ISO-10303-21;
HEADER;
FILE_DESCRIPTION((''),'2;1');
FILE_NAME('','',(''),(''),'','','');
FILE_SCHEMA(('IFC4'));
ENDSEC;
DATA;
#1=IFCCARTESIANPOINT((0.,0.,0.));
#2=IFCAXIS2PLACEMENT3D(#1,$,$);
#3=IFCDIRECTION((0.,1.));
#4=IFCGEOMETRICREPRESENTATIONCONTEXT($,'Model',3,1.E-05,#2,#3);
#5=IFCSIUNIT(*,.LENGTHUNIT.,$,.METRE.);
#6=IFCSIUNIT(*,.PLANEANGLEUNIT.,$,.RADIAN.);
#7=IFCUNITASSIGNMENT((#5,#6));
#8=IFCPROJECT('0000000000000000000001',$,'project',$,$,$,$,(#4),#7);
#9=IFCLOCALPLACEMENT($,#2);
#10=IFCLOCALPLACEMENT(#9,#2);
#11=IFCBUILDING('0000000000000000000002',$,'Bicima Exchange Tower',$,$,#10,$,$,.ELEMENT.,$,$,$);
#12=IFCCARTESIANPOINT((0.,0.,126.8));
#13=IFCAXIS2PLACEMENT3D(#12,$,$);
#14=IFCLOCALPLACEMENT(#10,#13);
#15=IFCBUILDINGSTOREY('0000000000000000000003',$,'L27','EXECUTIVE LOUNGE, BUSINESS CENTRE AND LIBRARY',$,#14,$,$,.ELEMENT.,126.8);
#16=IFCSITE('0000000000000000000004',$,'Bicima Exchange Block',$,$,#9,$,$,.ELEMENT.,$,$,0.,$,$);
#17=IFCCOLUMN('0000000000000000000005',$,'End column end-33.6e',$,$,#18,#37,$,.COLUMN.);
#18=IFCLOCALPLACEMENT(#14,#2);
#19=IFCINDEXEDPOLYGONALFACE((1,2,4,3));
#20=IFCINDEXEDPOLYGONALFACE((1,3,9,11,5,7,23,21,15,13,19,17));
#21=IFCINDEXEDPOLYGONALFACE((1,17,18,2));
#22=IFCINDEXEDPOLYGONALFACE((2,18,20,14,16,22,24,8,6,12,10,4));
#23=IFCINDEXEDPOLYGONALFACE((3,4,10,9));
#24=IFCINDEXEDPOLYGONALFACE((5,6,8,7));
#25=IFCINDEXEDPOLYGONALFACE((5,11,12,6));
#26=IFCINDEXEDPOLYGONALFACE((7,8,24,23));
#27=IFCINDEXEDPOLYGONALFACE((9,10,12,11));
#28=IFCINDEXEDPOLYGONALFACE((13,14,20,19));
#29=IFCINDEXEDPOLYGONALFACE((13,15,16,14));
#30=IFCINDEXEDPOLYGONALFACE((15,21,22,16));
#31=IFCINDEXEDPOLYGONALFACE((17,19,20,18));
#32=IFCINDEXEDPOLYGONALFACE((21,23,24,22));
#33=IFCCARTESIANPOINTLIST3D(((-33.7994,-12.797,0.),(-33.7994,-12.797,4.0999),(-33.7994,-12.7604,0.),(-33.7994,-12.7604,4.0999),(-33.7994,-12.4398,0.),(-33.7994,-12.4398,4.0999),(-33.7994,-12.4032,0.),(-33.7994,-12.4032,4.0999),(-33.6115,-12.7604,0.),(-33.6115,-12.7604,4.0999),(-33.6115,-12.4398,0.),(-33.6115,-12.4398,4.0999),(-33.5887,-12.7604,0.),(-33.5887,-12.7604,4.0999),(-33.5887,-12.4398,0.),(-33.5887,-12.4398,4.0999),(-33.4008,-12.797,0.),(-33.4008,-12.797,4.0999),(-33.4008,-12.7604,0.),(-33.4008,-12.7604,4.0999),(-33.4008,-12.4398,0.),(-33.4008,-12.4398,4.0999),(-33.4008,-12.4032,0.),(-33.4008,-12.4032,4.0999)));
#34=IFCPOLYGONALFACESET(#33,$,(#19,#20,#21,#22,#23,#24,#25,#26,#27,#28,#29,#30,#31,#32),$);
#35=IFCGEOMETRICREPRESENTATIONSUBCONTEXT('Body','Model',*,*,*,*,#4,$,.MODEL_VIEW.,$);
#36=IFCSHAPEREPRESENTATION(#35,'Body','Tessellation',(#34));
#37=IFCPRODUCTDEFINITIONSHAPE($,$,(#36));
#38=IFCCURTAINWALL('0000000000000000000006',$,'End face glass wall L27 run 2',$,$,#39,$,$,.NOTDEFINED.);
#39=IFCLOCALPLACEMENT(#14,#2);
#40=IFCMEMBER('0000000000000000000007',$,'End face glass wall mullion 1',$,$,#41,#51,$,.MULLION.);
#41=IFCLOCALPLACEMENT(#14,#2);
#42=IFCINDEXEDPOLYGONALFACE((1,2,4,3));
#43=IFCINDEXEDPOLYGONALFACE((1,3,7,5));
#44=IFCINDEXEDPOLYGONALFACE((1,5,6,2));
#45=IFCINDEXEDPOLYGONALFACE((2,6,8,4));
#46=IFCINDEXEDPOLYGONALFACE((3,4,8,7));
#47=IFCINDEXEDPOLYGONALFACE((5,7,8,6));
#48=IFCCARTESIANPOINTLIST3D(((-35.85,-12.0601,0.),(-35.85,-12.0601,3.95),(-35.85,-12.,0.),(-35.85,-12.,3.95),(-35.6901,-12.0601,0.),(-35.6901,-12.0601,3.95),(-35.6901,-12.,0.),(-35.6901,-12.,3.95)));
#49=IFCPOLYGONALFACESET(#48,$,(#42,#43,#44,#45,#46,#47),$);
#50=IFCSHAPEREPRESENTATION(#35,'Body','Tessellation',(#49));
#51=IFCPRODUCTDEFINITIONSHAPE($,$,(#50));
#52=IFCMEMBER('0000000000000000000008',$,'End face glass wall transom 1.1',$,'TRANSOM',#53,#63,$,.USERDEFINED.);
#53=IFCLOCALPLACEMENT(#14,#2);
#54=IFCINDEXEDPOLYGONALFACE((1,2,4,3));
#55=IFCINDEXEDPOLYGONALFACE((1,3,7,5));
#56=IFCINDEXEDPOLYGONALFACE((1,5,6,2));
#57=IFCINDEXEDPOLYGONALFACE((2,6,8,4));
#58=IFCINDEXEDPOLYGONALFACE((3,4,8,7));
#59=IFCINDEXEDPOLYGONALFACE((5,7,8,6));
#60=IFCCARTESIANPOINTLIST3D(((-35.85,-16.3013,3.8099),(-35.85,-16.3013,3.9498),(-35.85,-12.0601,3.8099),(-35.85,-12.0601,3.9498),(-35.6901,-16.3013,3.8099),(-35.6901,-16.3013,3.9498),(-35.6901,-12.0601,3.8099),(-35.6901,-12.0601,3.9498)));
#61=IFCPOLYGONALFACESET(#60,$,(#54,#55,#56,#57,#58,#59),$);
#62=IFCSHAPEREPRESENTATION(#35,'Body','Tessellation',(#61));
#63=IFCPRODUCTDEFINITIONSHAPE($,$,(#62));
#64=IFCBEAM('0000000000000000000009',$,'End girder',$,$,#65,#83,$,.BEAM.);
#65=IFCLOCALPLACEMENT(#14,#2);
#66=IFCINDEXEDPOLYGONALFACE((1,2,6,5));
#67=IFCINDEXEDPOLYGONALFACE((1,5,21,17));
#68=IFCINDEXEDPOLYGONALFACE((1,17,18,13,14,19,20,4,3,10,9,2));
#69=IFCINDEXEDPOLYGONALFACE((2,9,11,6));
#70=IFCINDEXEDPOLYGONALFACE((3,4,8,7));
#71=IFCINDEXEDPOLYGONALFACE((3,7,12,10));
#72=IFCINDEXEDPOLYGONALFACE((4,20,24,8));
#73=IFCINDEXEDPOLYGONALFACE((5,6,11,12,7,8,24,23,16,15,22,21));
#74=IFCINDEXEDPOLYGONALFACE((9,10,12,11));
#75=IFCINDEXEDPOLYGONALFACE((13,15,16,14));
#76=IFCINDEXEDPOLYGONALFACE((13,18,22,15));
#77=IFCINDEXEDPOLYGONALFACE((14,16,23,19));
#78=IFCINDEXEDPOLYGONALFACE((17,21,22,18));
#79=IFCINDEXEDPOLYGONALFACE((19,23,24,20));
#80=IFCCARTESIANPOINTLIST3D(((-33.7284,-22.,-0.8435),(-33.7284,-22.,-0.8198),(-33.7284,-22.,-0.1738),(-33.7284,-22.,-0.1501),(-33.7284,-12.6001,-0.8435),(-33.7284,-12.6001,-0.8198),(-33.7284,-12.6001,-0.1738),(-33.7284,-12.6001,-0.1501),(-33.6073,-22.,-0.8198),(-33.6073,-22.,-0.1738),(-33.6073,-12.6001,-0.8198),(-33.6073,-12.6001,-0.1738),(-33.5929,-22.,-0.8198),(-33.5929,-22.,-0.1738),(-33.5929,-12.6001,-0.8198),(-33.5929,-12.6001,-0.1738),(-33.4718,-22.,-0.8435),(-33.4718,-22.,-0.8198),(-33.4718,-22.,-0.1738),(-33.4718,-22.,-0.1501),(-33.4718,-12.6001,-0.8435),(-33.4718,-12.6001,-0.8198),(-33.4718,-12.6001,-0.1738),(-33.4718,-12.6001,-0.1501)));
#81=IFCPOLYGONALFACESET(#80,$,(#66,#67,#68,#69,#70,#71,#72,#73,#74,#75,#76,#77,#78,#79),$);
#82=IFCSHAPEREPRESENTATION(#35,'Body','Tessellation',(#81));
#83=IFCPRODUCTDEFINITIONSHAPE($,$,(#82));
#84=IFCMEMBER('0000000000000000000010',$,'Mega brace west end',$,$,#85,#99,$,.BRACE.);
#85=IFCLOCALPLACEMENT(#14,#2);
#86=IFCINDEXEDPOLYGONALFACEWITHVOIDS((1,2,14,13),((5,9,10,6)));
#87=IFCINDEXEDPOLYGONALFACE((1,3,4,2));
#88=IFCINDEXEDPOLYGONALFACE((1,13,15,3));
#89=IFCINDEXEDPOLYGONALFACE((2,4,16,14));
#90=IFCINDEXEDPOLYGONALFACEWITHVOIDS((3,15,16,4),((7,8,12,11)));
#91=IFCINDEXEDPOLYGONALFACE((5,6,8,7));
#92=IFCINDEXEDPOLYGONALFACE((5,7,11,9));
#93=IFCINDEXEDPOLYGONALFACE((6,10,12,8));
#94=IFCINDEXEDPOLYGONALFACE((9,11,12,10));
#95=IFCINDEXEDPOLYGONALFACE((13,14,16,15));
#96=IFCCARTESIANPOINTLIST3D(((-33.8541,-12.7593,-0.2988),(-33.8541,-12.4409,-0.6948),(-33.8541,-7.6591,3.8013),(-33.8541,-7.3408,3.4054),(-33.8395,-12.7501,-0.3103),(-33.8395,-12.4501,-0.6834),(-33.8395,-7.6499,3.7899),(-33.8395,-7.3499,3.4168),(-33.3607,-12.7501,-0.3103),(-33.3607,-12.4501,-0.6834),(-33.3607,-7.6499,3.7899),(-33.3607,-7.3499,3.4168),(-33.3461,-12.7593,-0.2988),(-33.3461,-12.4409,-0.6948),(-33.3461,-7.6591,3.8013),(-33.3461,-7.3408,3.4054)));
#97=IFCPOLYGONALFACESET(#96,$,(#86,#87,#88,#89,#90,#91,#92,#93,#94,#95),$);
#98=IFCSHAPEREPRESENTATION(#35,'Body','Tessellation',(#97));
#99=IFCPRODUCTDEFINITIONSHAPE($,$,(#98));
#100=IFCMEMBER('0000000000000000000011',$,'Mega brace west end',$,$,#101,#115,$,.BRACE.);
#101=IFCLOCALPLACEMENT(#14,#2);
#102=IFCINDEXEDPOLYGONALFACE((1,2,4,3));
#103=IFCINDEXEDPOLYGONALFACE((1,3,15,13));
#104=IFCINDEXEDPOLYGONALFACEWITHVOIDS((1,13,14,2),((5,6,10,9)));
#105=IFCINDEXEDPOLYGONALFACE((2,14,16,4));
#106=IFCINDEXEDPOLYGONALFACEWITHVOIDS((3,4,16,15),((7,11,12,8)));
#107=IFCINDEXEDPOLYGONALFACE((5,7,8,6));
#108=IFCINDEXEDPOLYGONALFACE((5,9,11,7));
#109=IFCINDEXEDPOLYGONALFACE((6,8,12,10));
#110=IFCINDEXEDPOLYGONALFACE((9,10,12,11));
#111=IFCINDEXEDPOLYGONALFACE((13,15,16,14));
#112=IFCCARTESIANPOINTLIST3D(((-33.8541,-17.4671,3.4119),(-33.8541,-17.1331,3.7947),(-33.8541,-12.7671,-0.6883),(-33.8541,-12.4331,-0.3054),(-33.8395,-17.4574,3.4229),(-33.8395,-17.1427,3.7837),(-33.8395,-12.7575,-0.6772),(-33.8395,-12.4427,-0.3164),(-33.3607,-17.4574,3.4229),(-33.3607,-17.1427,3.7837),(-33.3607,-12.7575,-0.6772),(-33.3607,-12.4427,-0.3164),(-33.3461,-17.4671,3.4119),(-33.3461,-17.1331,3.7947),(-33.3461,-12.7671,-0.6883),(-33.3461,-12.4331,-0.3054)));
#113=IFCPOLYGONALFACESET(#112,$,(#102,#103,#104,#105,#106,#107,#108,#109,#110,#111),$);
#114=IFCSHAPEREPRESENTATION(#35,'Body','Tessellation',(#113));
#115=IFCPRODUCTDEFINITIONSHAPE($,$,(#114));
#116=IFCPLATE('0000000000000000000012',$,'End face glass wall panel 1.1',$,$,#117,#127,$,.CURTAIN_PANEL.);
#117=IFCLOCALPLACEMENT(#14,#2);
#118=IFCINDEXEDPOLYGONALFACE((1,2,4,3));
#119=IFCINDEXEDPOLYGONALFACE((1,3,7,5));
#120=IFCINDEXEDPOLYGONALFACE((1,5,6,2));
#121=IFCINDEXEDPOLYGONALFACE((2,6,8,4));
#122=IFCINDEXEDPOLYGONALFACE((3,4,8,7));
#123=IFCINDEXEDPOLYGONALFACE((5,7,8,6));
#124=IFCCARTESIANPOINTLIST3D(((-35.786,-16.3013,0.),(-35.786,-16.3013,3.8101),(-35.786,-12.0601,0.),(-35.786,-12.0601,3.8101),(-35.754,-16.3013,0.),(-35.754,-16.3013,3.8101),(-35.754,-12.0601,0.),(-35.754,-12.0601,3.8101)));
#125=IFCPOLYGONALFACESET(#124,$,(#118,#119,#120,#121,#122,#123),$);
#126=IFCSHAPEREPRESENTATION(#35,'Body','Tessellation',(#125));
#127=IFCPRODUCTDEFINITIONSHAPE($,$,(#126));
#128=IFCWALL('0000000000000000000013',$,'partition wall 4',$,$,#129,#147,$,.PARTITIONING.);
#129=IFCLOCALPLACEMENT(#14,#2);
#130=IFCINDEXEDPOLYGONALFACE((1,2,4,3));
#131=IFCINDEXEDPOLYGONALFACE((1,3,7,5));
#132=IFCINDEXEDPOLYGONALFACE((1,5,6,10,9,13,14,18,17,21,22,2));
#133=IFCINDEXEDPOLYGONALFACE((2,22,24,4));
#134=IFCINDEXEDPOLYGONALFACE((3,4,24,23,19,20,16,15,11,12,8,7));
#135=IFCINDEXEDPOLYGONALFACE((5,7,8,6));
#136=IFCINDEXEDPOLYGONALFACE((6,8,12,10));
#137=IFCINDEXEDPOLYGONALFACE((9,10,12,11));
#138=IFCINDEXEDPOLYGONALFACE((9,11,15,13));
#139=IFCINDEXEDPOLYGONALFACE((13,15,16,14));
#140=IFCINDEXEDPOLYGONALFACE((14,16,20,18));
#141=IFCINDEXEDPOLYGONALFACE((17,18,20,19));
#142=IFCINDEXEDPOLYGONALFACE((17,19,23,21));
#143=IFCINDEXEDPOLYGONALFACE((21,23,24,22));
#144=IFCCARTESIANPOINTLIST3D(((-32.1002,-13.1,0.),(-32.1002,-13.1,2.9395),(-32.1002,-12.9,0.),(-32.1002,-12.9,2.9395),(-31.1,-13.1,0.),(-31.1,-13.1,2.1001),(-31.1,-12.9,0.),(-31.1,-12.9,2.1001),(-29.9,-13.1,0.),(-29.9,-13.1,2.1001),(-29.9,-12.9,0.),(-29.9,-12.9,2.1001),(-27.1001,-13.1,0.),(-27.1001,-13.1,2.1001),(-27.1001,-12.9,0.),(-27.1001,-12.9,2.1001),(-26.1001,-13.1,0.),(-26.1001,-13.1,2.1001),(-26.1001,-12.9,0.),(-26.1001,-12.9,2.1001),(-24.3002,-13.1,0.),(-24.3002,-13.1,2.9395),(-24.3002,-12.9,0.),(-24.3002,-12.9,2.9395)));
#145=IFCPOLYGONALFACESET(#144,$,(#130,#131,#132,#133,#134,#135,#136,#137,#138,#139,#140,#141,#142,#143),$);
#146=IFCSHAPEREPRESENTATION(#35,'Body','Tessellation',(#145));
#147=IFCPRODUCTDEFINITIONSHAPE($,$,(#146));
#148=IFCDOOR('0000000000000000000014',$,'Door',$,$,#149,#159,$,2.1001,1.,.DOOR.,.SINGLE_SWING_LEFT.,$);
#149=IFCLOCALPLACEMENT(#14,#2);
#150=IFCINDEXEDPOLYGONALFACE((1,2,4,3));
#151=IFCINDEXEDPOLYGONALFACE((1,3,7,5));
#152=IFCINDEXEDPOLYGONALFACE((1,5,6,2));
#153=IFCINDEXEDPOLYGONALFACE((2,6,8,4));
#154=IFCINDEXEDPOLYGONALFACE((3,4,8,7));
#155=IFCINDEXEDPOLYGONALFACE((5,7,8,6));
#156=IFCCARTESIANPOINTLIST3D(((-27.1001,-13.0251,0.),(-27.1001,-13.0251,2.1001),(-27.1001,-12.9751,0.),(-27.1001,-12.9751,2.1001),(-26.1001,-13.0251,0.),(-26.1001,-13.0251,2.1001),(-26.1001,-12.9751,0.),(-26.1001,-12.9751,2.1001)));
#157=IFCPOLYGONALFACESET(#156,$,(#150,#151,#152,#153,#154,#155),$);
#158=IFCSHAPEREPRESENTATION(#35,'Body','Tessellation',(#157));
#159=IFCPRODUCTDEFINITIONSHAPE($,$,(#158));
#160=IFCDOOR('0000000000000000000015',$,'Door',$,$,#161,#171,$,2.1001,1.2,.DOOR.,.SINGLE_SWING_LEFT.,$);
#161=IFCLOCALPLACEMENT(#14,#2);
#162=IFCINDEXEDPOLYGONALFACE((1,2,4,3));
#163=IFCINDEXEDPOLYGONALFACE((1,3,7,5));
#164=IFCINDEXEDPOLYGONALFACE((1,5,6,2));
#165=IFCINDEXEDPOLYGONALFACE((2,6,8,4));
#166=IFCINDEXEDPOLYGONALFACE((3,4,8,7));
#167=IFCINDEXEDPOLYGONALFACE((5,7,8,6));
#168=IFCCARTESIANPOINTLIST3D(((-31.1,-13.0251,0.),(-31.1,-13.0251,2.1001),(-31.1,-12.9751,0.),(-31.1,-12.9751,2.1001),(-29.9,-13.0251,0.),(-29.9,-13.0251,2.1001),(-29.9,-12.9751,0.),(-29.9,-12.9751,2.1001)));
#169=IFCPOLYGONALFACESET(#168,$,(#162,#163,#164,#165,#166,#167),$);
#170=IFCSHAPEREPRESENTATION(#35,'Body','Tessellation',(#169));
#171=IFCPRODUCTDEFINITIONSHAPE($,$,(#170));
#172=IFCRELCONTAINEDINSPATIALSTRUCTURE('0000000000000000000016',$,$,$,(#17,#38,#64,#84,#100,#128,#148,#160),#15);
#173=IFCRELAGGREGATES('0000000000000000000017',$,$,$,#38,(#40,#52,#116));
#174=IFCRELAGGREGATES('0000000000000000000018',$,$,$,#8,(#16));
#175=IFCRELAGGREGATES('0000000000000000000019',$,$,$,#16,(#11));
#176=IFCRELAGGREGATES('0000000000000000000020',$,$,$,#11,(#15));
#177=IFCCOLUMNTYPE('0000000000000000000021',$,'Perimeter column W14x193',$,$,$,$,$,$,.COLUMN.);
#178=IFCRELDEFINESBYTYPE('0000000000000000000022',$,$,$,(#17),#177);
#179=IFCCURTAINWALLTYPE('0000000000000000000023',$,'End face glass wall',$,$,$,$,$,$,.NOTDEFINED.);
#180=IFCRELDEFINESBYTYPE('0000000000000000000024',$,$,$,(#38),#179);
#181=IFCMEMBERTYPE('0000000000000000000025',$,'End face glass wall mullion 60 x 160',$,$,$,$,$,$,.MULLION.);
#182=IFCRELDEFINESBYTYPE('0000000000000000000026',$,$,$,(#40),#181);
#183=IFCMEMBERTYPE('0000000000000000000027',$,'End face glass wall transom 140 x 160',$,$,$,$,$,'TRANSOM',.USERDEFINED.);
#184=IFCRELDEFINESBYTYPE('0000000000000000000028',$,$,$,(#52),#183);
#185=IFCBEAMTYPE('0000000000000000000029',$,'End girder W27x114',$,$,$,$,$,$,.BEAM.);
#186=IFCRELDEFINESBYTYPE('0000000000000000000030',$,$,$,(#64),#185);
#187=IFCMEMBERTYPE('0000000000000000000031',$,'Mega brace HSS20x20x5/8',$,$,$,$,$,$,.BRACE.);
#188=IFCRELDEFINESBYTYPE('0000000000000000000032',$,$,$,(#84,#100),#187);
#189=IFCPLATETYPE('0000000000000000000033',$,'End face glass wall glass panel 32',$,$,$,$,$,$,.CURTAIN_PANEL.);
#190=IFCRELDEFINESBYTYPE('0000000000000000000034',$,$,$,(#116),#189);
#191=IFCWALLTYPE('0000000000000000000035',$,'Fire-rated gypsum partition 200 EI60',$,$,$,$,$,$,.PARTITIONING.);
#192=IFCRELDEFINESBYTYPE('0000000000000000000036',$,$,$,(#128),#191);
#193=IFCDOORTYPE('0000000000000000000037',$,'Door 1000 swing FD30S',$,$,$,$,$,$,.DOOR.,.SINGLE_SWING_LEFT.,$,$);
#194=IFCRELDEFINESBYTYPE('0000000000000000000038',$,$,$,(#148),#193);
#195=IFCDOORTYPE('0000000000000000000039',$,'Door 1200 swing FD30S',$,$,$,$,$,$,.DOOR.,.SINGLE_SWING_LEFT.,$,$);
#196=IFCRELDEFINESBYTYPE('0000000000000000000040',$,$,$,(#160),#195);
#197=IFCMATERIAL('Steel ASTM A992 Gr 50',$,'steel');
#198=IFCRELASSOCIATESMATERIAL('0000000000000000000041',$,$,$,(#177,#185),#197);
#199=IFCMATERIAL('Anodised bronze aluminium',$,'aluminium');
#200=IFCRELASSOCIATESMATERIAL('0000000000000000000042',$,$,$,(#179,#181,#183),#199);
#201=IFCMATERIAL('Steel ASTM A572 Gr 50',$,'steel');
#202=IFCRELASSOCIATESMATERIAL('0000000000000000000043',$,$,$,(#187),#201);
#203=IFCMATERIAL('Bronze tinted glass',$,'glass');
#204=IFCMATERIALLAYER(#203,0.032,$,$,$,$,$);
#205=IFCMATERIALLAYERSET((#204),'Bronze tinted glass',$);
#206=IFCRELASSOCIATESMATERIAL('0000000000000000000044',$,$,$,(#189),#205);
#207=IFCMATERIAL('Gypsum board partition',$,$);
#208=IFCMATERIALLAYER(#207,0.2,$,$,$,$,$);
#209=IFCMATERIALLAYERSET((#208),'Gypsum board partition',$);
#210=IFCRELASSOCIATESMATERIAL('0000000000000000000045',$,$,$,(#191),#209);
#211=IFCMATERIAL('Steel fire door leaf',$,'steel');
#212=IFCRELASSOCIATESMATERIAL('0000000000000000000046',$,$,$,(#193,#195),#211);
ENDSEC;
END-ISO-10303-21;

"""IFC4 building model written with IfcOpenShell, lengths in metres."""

from ifc_helpers import new_model, si_unit, direction, frame, frame_2d, origin, origin_2d, place, context, subcontext, project, spatial, rectangle, hollow_rectangle, i_section, extrude, material, layer, layer_set, material_profile, profile_set, type_object, element, fill, aggregate, save


model = new_model("IFC4")

# Units and contexts
model_context = context("Model", 3, precision=1e-05, world=origin(), true_north=direction((0.0, 1.0)))
body_context = subcontext(model_context, "Body", "Model", "MODEL_VIEW")
ifc_project = project(units=[si_unit("LENGTHUNIT", "METRE"), si_unit("PLANEANGLEUNIT", "RADIAN")], contexts=[model_context])

# Site, building, storey
site_placement = place(None, origin())
site = spatial("IfcSite", under=ifc_project, at=site_placement, Name="Bicima Exchange Block", CompositionType="ELEMENT", RefElevation=0.0)
building_placement = place(site_placement, origin())
building = spatial("IfcBuilding", under=site, at=building_placement, Name="Bicima Exchange Tower", CompositionType="ELEMENT")
storey_placement = place(building_placement, frame((0.0, 0.0, 126.8)))
storey = spatial("IfcBuildingStorey", under=building, at=storey_placement, Name="L27", Description="EXECUTIVE LOUNGE, BUSINESS CENTRE AND LIBRARY", CompositionType="ELEMENT", Elevation=126.8)

# Column
ifc_material_1 = material(Name="Steel ASTM A992 Gr 50", Category="steel")
ifc_material_profile_1 = material_profile(ifc_material_1, i_section(OverallWidth=0.3987, OverallDepth=0.3938, WebThickness=0.0227, FlangeThickness=0.0366, at=origin_2d()))
ifc_profile_set_1 = profile_set([ifc_material_profile_1], Name="Steel ASTM A992 Gr 50")
column_type = type_object("IfcColumnType", Name="Perimeter column W14x193", PredefinedType="COLUMN", material=ifc_profile_set_1)
column_placement = place(storey_placement, frame((-33.6001, -12.6001, 0.0), z_axis=(0.0, 0.0, 1.0), x_axis=(1.0, 0.0, 0.0)))
element("IfcColumn", 1, at=column_placement, inside=storey, type_object=column_type, Name="End column end-33.6e", PredefinedType="COLUMN", context=body_context, shape_type="SweptSolid", body=[
    extrude(i_section(OverallWidth=0.3987, OverallDepth=0.3938, WebThickness=0.0227, FlangeThickness=0.0366, at=origin_2d()), origin(), (0.0, 0.0, 1.0), 4.0999),
])

# Curtain wall, members
ifc_material_2 = material(Name="Anodised bronze aluminium", Category="aluminium")
curtain_wall_type = type_object("IfcCurtainWallType", Name="End face glass wall", PredefinedType="NOTDEFINED", material=ifc_material_2)
curtain_wall_placement = place(storey_placement, origin())
curtain_wall = element("IfcCurtainWall", 2, at=curtain_wall_placement, inside=storey, type_object=curtain_wall_type, Name="End face glass wall L27 run 2", PredefinedType="NOTDEFINED")
ifc_material_profile_2 = material_profile(ifc_material_2, rectangle(XDim=0.1599, YDim=0.0601, at=origin_2d()))
ifc_profile_set_2 = profile_set([ifc_material_profile_2], Name="Anodised bronze aluminium")
member_type_1 = type_object("IfcMemberType", Name="End face glass wall mullion 60 x 160", PredefinedType="MULLION", material=ifc_profile_set_2)
member_1_placement = place(storey_placement, frame((-35.77, -12.03, 0.0), z_axis=(0.0, 0.0, 1.0), x_axis=(1.0, 0.0, 0.0)))
member_1 = element("IfcMember", 3, at=member_1_placement, type_object=member_type_1, Name="End face glass wall mullion 1", PredefinedType="MULLION", context=body_context, shape_type="SweptSolid", body=[
    extrude(rectangle(XDim=0.1599, YDim=0.0601, at=origin_2d()), origin(), (0.0, 0.0, 1.0), 3.95),
])
ifc_material_profile_3 = material_profile(ifc_material_2, rectangle(XDim=0.1599, YDim=0.1399, at=origin_2d()))
ifc_profile_set_3 = profile_set([ifc_material_profile_3], Name="Anodised bronze aluminium")
member_type_2 = type_object("IfcMemberType", Name="End face glass wall transom 140 x 160", ElementType="TRANSOM", PredefinedType="USERDEFINED", material=ifc_profile_set_3)
member_2_placement = place(storey_placement, frame((-35.77, -12.0601, 3.8799), z_axis=(0.0, -1.0, 0.0), x_axis=(1.0, 0.0, 0.0)))
member_2 = element("IfcMember", 4, at=member_2_placement, type_object=member_type_2, Name="End face glass wall transom 1.1", ObjectType="TRANSOM", PredefinedType="USERDEFINED", context=body_context, shape_type="SweptSolid", body=[
    extrude(rectangle(XDim=0.1599, YDim=0.1399, at=origin_2d()), origin(), (0.0, 0.0, 1.0), 4.2412),
])

# Beam
ifc_material_profile_4 = material_profile(ifc_material_1, i_section(OverallWidth=0.2566, OverallDepth=0.6934, WebThickness=0.0144, FlangeThickness=0.0237, at=origin_2d()))
ifc_profile_set_4 = profile_set([ifc_material_profile_4], Name="Steel ASTM A992 Gr 50")
beam_type = type_object("IfcBeamType", Name="End girder W27x114", PredefinedType="BEAM", material=ifc_profile_set_4)
beam_placement = place(storey_placement, frame((-33.6001, -12.6001, -0.4968), z_axis=(0.0, -1.0, 0.0), x_axis=(1.0, 0.0, 0.0)))
element("IfcBeam", 5, at=beam_placement, inside=storey, type_object=beam_type, Name="End girder", PredefinedType="BEAM", context=body_context, shape_type="SweptSolid", body=[
    extrude(i_section(OverallWidth=0.2566, OverallDepth=0.6934, WebThickness=0.0144, FlangeThickness=0.0237, at=origin_2d()), origin(), (0.0, 0.0, 1.0), 9.3999),
])

# Members
ifc_material_3 = material(Name="Steel ASTM A572 Gr 50", Category="steel")
ifc_material_profile_5 = material_profile(ifc_material_3, hollow_rectangle(XDim=0.5081, YDim=0.5081, WallThickness=0.0146, at=origin_2d()))
ifc_profile_set_5 = profile_set([ifc_material_profile_5], Name="Steel ASTM A572 Gr 50")
member_type_3 = type_object("IfcMemberType", Name="Mega brace HSS20x20x5/8", PredefinedType="BRACE", material=ifc_profile_set_5)
member_3_placement = place(storey_placement, frame((-33.6001, -12.6001, -0.4968), z_axis=(0.0, 0.779374, 0.626559), x_axis=(-1.0, 0.0, 0.0)))
element("IfcMember", 6, at=member_3_placement, inside=storey, type_object=member_type_3, Name="Mega brace west end", PredefinedType="BRACE", context=body_context, shape_type="SweptSolid", body=[
    extrude(hollow_rectangle(XDim=0.5081, YDim=0.5081, WallThickness=0.0146, at=origin_2d()), origin(), (0.0, 0.0, 1.0), 6.5439),
])
member_4_placement = place(storey_placement, frame((-33.6001, -12.6001, -0.4968), z_axis=(0.0, -0.753558, 0.657382), x_axis=(1.0, 0.0, 0.0)))
element("IfcMember", 7, at=member_4_placement, inside=storey, type_object=member_type_3, Name="Mega brace west end", PredefinedType="BRACE", context=body_context, shape_type="SweptSolid", body=[
    extrude(hollow_rectangle(XDim=0.5081, YDim=0.5081, WallThickness=0.0146, at=origin_2d()), origin(), (0.0, 0.0, 1.0), 6.2371),
])

# Plate
ifc_material_4 = material(Name="Bronze tinted glass", Category="glass")
ifc_layer_1 = layer(ifc_material_4, 0.032)
ifc_layer_set_1 = layer_set([ifc_layer_1], Name="Bronze tinted glass")
plate_type = type_object("IfcPlateType", Name="End face glass wall glass panel 32", PredefinedType="CURTAIN_PANEL", material=ifc_layer_set_1)
plate_placement = place(storey_placement, frame((-35.77, -14.1807, 0.0), z_axis=(0.0, 0.0, 1.0), x_axis=(0.0, -1.0, 0.0)))
plate = element("IfcPlate", 8, at=plate_placement, type_object=plate_type, Name="End face glass wall panel 1.1", PredefinedType="CURTAIN_PANEL", context=body_context, shape_type="SweptSolid", body=[
    extrude(rectangle(XDim=4.2412, YDim=0.032, at=origin_2d()), origin(), (0.0, 0.0, 1.0), 3.8101),
])
aggregate(curtain_wall, [member_1, member_2, plate])

# Wall, openings, doors
ifc_material_5 = material(Name="Gypsum board partition")
ifc_layer_2 = layer(ifc_material_5, 0.2)
ifc_layer_set_2 = layer_set([ifc_layer_2], Name="Gypsum board partition")
wall_type_1 = type_object("IfcWallType", Name="Fire-rated gypsum partition 200 EI60", PredefinedType="PARTITIONING", material=ifc_layer_set_2)
ifc_material_6 = material(Name="Steel fire door leaf", Category="steel")
door_type_1 = type_object("IfcDoorType", Name="Door 1000 swing FD30S", OperationType="SINGLE_SWING_LEFT", PredefinedType="DOOR", material=ifc_material_6)
wall_1_placement = place(storey_placement, frame((-32.1001, -13.0, 0.0), z_axis=(0.0, 0.0, 1.0), x_axis=(1.0, 0.0, 0.0)))
wall_1 = element("IfcWall", 9, at=wall_1_placement, inside=storey, type_object=wall_type_1, Name="partition wall 4", PredefinedType="PARTITIONING", context=body_context, shape_type="SweptSolid", body=[
    extrude(rectangle(XDim=7.8, YDim=0.2, at=frame_2d((3.8999, 0.0))), origin(), (0.0, 0.0, 1.0), 2.9395),
])
opening_1_placement = place(wall_1_placement, frame((1.0, 0.0, 0.0)))
opening_1 = element("IfcOpeningElement", 10, at=opening_1_placement, cuts=wall_1, PredefinedType="OPENING", context=body_context, shape_type="SweptSolid", body=[
    extrude(rectangle(XDim=1.2, YDim=2.1001, at=frame_2d((0.6001, 1.05))), frame((0.0, 0.1118, 0.0), z_axis=(0.0, -1.0, 0.0), x_axis=(1.0, 0.0, 0.0)), (0.0, 0.0, 1.0), 0.2239),
])
opening_2_placement = place(wall_1_placement, frame((5.0, 0.0, 0.0)))
opening_2 = element("IfcOpeningElement", 11, at=opening_2_placement, cuts=wall_1, PredefinedType="OPENING", context=body_context, shape_type="SweptSolid", body=[
    extrude(rectangle(XDim=1.0, YDim=2.1001, at=frame_2d((0.5, 1.05))), frame((0.0, 0.1118, 0.0), z_axis=(0.0, -1.0, 0.0), x_axis=(1.0, 0.0, 0.0)), (0.0, 0.0, 1.0), 0.2239),
])
door_1_placement = place(opening_2_placement, origin())
door_1 = element("IfcDoor", 12, at=door_1_placement, inside=storey, type_object=door_type_1, Name="Door", OperationType="SINGLE_SWING_LEFT", OverallHeight=2.1001, OverallWidth=1.0, PredefinedType="DOOR", context=body_context, shape_type="SweptSolid", body=[
    extrude(rectangle(XDim=1.0, YDim=2.1001, at=frame_2d((0.5, 1.05))), frame((0.0, 0.0249, 0.0), z_axis=(0.0, -1.0, 0.0), x_axis=(1.0, 0.0, 0.0)), (0.0, 0.0, 1.0), 0.05),
])
fill(opening_2, door_1)
door_type_2 = type_object("IfcDoorType", Name="Door 1200 swing FD30S", OperationType="SINGLE_SWING_LEFT", PredefinedType="DOOR", material=ifc_material_6)
door_2_placement = place(opening_1_placement, origin())
door_2 = element("IfcDoor", 13, at=door_2_placement, inside=storey, type_object=door_type_2, Name="Door", OperationType="SINGLE_SWING_LEFT", OverallHeight=2.1001, OverallWidth=1.2, PredefinedType="DOOR", context=body_context, shape_type="SweptSolid", body=[
    extrude(rectangle(XDim=1.2, YDim=2.1001, at=frame_2d((0.6001, 1.05))), frame((0.0, 0.0249, 0.0), z_axis=(0.0, -1.0, 0.0), x_axis=(1.0, 0.0, 0.0)), (0.0, 0.0, 1.0), 0.05),
])
fill(opening_1, door_2)

save(model, "model.ifc")
